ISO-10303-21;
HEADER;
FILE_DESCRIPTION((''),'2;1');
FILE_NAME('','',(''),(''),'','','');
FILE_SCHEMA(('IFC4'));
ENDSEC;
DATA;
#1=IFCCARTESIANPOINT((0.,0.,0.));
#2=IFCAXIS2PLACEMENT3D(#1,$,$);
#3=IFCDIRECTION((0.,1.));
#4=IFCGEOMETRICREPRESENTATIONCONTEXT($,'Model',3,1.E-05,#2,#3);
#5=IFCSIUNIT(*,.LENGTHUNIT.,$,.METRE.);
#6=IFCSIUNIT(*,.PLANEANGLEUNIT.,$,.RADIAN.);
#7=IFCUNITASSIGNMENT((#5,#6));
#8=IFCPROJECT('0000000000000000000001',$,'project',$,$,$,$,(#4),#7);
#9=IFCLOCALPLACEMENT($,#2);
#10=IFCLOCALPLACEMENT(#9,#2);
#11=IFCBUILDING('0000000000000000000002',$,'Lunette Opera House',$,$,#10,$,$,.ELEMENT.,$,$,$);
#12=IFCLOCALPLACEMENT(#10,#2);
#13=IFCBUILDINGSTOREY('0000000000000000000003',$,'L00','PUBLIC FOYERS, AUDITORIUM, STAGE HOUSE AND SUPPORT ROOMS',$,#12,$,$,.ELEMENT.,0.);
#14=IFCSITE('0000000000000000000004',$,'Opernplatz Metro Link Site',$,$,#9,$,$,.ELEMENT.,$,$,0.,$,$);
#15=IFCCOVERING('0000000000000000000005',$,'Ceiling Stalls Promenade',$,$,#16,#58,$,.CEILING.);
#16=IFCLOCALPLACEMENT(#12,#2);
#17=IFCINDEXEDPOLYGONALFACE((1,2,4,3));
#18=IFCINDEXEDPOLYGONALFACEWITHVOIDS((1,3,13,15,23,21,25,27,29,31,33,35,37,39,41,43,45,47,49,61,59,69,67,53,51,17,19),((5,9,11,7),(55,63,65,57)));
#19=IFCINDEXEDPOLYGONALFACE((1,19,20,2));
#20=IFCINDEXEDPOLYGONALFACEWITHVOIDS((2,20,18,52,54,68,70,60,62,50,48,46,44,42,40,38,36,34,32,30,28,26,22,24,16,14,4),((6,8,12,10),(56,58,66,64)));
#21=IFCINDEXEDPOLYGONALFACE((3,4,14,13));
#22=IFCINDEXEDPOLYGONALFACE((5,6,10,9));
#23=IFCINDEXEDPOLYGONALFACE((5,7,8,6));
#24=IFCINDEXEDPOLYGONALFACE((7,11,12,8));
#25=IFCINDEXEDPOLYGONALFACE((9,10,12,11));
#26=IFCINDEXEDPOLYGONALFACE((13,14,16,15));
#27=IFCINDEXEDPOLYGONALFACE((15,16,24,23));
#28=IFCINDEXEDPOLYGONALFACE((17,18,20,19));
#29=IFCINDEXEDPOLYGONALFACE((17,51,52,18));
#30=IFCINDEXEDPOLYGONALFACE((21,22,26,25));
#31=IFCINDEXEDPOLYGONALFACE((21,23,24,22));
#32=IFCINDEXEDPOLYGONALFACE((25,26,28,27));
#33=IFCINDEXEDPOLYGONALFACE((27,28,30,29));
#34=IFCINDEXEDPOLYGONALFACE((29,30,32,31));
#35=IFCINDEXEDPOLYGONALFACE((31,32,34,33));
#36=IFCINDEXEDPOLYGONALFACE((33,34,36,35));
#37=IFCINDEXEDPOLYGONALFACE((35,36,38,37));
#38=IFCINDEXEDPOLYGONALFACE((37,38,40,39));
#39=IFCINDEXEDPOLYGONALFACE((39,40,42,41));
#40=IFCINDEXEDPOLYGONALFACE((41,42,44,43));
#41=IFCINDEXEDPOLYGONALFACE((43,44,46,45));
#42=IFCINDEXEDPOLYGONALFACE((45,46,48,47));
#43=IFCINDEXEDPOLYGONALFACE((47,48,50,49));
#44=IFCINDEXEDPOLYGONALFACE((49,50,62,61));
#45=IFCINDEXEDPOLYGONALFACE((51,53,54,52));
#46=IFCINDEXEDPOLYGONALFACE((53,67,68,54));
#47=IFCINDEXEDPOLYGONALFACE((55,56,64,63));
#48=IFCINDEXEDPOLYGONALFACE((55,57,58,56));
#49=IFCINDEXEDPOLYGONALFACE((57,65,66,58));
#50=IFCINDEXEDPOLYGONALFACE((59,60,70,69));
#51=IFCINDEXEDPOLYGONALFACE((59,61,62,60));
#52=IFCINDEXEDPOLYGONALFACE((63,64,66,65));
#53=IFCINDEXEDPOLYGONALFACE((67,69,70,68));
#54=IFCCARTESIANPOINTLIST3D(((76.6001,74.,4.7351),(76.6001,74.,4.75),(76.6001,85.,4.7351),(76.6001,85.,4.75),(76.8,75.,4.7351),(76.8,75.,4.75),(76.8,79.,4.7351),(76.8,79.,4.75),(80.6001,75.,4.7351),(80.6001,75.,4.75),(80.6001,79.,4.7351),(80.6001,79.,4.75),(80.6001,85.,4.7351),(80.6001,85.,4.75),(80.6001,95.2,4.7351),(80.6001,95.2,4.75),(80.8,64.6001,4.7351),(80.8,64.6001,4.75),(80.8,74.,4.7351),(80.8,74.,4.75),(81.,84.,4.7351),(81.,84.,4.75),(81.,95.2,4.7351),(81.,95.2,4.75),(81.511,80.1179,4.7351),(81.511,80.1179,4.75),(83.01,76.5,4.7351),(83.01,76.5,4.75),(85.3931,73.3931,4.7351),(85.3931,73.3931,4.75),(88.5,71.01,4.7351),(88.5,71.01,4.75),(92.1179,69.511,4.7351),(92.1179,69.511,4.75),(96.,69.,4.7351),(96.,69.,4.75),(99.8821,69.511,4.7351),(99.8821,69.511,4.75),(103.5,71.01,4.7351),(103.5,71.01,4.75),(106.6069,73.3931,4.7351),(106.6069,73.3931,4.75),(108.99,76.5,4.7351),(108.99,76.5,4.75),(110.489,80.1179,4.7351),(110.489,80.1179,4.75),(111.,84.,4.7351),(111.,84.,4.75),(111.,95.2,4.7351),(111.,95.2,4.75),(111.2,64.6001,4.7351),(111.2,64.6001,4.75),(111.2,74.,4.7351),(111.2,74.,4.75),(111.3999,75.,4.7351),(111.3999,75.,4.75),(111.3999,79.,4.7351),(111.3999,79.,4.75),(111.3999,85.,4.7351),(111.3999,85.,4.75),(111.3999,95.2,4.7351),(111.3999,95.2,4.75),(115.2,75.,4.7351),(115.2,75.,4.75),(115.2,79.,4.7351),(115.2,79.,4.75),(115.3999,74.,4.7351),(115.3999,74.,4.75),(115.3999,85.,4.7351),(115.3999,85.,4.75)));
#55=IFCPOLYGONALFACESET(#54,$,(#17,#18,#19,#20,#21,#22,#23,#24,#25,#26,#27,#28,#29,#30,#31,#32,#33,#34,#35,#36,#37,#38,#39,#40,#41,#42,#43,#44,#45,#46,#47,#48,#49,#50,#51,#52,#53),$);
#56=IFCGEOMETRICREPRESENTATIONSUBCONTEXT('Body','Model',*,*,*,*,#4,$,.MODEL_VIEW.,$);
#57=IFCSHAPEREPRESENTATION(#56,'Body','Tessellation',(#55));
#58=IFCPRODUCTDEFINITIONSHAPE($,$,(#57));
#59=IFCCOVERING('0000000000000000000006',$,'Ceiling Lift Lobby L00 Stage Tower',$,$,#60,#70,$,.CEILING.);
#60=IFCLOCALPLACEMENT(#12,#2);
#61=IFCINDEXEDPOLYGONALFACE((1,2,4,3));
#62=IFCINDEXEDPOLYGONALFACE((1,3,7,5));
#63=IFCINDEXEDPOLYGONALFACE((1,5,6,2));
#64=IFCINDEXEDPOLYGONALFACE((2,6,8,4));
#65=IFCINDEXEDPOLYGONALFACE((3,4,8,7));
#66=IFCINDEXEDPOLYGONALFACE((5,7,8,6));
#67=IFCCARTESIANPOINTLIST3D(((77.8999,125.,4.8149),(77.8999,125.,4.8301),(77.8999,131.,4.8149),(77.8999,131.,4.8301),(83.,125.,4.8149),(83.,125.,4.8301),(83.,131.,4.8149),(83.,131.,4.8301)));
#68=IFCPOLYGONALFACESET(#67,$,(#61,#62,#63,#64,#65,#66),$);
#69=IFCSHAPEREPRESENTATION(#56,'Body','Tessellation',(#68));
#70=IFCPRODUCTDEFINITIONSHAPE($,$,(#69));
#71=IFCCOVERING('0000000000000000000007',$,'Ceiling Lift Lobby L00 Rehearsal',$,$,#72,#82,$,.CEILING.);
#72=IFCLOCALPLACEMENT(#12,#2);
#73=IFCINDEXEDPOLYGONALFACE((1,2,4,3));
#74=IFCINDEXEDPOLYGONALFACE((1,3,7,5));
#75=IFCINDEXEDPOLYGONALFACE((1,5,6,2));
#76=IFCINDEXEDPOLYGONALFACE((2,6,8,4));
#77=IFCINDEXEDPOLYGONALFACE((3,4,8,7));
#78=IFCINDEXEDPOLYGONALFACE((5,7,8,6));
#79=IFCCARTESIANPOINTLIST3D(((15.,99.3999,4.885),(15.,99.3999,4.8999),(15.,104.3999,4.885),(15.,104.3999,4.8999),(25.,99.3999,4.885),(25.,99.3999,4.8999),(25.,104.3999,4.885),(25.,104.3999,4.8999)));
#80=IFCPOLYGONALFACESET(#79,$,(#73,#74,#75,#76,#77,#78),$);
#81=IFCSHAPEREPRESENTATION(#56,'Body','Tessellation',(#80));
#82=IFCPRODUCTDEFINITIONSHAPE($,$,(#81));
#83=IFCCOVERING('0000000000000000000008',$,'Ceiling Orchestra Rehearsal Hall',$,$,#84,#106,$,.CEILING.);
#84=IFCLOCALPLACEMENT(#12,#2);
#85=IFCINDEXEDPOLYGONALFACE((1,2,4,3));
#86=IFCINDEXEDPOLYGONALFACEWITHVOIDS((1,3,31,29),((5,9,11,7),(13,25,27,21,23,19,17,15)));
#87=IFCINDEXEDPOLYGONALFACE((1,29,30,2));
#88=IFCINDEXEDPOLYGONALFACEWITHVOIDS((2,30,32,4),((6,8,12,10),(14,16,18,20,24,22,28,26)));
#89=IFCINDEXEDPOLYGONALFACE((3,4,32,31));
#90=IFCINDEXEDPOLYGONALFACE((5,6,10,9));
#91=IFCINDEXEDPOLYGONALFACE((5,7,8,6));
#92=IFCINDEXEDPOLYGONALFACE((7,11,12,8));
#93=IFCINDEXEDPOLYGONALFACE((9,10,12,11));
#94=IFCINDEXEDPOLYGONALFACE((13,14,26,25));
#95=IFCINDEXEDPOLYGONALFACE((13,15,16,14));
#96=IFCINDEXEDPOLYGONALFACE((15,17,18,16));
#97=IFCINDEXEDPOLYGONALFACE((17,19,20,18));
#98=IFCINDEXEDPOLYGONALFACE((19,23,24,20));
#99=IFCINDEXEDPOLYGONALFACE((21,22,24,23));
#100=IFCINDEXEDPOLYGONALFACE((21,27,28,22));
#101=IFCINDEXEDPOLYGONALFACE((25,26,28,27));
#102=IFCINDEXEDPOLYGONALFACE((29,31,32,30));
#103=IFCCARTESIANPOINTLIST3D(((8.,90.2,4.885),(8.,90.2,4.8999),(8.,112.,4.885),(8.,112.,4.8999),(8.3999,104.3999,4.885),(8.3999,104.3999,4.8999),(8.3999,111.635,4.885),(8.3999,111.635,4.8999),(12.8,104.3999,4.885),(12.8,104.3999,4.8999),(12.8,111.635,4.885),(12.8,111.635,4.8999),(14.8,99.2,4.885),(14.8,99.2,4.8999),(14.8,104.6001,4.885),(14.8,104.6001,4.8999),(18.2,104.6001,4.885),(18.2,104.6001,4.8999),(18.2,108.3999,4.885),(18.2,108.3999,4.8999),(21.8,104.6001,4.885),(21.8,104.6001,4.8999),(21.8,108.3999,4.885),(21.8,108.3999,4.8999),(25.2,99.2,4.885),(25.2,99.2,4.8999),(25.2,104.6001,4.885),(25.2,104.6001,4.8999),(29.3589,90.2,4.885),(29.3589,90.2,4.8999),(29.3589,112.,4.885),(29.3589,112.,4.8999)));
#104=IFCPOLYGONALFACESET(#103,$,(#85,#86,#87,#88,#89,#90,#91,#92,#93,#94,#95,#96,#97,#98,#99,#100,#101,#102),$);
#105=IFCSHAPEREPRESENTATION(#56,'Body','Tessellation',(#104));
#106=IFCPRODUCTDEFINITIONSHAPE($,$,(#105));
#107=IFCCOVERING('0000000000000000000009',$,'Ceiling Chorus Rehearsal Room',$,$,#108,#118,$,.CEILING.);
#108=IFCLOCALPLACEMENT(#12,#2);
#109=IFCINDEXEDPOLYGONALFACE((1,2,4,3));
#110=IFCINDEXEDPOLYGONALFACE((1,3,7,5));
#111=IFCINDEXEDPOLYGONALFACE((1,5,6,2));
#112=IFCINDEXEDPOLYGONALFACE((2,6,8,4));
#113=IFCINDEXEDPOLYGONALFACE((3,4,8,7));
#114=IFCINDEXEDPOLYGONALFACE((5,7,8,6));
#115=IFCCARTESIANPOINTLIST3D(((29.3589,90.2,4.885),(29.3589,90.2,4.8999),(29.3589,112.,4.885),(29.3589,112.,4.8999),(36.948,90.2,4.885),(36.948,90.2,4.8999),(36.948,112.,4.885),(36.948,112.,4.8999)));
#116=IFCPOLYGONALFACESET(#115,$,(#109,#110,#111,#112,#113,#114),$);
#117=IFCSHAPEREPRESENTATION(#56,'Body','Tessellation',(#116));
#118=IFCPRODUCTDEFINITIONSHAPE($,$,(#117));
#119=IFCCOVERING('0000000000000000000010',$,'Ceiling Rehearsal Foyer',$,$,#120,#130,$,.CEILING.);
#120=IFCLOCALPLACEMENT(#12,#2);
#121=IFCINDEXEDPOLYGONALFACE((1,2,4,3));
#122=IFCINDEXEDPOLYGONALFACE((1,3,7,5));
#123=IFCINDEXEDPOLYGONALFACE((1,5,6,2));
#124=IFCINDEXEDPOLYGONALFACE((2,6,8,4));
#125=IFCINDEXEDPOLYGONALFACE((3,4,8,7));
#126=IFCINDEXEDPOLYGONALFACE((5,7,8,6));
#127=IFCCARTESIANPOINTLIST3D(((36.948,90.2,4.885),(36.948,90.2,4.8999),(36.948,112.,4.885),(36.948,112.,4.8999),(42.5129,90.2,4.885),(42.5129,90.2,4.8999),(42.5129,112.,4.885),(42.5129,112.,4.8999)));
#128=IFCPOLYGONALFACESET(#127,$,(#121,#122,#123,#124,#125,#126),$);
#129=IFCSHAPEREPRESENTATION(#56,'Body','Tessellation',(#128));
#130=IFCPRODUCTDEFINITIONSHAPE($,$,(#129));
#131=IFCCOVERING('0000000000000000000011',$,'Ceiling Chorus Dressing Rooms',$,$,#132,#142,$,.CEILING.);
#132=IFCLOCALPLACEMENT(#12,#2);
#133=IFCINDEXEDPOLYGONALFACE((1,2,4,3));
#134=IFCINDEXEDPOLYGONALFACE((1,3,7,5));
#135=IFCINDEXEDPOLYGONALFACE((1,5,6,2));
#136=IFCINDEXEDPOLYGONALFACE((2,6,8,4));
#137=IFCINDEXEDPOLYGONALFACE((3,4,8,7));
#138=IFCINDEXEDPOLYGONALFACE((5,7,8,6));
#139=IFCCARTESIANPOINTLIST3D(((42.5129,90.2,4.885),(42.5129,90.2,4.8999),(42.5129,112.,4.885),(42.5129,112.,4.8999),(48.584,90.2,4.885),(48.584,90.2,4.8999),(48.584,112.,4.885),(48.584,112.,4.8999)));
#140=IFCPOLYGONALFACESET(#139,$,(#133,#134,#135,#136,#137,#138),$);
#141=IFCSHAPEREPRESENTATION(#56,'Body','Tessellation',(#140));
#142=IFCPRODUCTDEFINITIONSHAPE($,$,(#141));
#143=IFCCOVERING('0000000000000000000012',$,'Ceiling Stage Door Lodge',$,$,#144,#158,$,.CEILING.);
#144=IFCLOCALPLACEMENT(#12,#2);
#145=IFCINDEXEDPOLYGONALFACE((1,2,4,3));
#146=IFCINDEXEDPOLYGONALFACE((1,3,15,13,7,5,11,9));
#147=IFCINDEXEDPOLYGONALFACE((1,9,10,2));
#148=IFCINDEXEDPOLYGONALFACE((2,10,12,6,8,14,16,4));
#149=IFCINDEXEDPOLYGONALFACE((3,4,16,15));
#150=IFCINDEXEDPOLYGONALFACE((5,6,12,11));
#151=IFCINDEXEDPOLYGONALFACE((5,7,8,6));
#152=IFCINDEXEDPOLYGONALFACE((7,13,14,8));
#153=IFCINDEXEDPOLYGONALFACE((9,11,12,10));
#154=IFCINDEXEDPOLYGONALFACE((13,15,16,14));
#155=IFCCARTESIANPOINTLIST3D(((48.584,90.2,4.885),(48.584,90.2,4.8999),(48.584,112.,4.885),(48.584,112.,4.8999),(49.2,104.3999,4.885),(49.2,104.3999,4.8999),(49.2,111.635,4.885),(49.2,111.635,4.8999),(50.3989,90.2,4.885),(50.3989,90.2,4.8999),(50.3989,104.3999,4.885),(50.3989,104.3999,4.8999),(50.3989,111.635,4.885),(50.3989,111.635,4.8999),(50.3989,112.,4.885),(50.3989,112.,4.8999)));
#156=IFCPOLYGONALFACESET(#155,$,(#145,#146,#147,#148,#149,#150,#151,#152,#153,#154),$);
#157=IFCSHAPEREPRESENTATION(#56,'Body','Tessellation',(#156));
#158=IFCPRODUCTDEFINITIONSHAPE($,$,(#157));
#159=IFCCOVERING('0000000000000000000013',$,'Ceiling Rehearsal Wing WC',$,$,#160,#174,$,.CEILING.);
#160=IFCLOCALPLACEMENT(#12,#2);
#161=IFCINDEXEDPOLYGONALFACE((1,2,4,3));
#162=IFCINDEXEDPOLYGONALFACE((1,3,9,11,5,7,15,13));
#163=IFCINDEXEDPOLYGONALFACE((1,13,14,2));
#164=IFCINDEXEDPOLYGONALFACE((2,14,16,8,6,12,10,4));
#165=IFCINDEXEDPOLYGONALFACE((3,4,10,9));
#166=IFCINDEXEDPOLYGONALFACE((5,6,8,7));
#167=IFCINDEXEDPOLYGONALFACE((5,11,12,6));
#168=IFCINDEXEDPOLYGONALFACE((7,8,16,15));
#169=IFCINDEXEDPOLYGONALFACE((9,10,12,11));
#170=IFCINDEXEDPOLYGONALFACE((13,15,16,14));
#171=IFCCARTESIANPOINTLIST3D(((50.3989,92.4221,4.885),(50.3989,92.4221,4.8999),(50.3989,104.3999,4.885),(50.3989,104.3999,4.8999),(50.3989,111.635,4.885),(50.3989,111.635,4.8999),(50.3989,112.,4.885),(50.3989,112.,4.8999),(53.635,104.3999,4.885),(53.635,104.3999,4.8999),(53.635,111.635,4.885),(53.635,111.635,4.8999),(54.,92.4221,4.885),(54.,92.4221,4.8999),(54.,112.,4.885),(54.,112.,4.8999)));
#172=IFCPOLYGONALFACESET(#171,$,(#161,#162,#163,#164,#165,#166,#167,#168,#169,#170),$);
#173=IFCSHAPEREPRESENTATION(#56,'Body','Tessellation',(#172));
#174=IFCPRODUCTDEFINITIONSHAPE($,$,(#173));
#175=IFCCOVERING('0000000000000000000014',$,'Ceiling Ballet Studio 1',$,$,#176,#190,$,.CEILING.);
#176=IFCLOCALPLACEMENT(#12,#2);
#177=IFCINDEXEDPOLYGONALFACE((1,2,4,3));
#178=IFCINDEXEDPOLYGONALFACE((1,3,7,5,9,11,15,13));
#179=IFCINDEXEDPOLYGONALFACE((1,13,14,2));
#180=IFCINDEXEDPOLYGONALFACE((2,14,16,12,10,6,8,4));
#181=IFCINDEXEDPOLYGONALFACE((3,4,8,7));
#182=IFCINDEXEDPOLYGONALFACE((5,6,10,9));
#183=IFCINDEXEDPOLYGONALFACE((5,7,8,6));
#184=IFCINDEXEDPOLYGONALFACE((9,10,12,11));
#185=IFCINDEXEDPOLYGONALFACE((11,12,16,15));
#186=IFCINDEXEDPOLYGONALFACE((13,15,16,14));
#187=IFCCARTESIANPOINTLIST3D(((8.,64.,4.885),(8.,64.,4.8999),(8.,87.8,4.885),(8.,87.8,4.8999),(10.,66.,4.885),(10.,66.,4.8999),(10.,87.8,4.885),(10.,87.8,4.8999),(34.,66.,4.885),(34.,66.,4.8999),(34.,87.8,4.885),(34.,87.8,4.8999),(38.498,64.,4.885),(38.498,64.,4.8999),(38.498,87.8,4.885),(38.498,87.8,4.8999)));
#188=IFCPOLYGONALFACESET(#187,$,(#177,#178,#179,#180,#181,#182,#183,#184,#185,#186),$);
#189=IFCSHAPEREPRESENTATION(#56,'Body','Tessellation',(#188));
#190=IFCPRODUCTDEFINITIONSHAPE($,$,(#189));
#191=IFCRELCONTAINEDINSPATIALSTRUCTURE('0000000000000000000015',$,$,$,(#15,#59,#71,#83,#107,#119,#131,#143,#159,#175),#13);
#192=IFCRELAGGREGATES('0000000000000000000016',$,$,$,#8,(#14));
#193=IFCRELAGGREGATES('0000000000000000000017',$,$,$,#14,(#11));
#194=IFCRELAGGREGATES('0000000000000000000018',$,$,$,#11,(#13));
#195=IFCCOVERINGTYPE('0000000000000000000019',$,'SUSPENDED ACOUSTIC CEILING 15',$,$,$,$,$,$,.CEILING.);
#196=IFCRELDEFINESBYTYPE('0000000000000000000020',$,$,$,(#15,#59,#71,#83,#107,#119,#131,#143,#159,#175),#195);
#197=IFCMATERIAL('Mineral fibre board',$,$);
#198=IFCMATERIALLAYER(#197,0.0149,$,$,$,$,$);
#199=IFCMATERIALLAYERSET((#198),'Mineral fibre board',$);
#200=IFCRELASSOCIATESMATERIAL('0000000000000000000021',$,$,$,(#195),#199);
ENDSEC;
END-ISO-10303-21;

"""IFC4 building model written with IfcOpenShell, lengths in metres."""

from ifc_helpers import new_model, si_unit, direction, frame, origin, place, context, subcontext, project, spatial, polyline, outline, extrude, material, layer, layer_set, type_object, element, save


model = new_model("IFC4")

# Units and contexts
model_context = context("Model", 3, precision=1e-05, world=origin(), true_north=direction((0.0, 1.0)))
body_context = subcontext(model_context, "Body", "Model", "MODEL_VIEW")
ifc_project = project(units=[si_unit("LENGTHUNIT", "METRE"), si_unit("PLANEANGLEUNIT", "RADIAN")], contexts=[model_context])

# Site, building, storey
site_placement = place(None, origin())
site = spatial("IfcSite", under=ifc_project, at=site_placement, Name="Opernplatz Metro Link Site", CompositionType="ELEMENT", RefElevation=0.0)
building_placement = place(site_placement, origin())
building = spatial("IfcBuilding", under=site, at=building_placement, Name="Lunette Opera House", CompositionType="ELEMENT")
storey_placement = place(building_placement, origin())
storey = spatial("IfcBuildingStorey", under=building, at=storey_placement, Name="L00", Description="PUBLIC FOYERS, AUDITORIUM, STAGE HOUSE AND SUPPORT ROOMS", CompositionType="ELEMENT", Elevation=0.0)

# Coverings
ifc_material_1 = material(Name="Mineral fibre board")
ifc_layer_1 = layer(ifc_material_1, 0.0149)
ifc_layer_set_1 = layer_set([ifc_layer_1], Name="Mineral fibre board")
covering_type = type_object("IfcCoveringType", Name="SUSPENDED ACOUSTIC CEILING 15", PredefinedType="CEILING", material=ifc_layer_set_1)
covering_1_placement = place(storey_placement, frame((0.0, 0.0, 4.7351)))
element("IfcCovering", 1, at=covering_1_placement, inside=storey, type_object=covering_type, Name="Ceiling Stalls Promenade", PredefinedType="CEILING", context=body_context, shape_type="SweptSolid", body=[
    extrude(outline(polyline([(111.2, 74.0), (111.2, 64.6001), (80.8, 64.6001), (80.8, 74.0), (76.6001, 74.0), (76.6001, 85.0), (80.6001, 85.0), (80.6001, 95.2), (81.0, 95.2), (81.0, 84.0), (81.511, 80.1179), (83.01, 76.5), (85.3931, 73.3931), (88.5, 71.01), (92.1179, 69.511), (96.0, 69.0), (99.8821, 69.511), (103.5, 71.01), (106.6069, 73.3931), (108.99, 76.5), (110.489, 80.1179), (111.0, 84.0), (111.0, 95.2), (111.3999, 95.2), (111.3999, 85.0), (115.3999, 85.0), (115.3999, 74.0), (111.2, 74.0)]), holes=[polyline([(115.2, 75.0), (115.2, 79.0), (111.3999, 79.0), (111.3999, 75.0), (115.2, 75.0)]), polyline([(76.8, 75.0), (80.6001, 75.0), (80.6001, 79.0), (76.8, 79.0), (76.8, 75.0)])]), origin(), (0.0, 0.0, 1.0), 0.0149),
])
covering_2_placement = place(storey_placement, frame((0.0, 0.0, 4.8149)))
element("IfcCovering", 2, at=covering_2_placement, inside=storey, type_object=covering_type, Name="Ceiling Lift Lobby L00 Stage Tower", PredefinedType="CEILING", context=body_context, shape_type="SweptSolid", body=[
    extrude(outline(polyline([(83.0, 125.0), (83.0, 131.0), (77.8999, 131.0), (77.8999, 125.0), (83.0, 125.0)])), origin(), (0.0, 0.0, 1.0), 0.0151),
])
covering_3_placement = place(storey_placement, frame((0.0, 0.0, 4.885)))
element("IfcCovering", 3, at=covering_3_placement, inside=storey, type_object=covering_type, Name="Ceiling Lift Lobby L00 Rehearsal", PredefinedType="CEILING", context=body_context, shape_type="SweptSolid", body=[
    extrude(outline(polyline([(25.0, 99.3999), (25.0, 104.3999), (15.0, 104.3999), (15.0, 99.3999), (25.0, 99.3999)])), origin(), (0.0, 0.0, 1.0), 0.0149),
])
covering_4_placement = place(storey_placement, frame((0.0, 0.0, 4.885)))
element("IfcCovering", 4, at=covering_4_placement, inside=storey, type_object=covering_type, Name="Ceiling Orchestra Rehearsal Hall", PredefinedType="CEILING", context=body_context, shape_type="SweptSolid", body=[
    extrude(outline(polyline([(8.0, 112.0), (29.3589, 112.0), (29.3589, 90.2), (8.0, 90.2), (8.0, 112.0)]), holes=[polyline([(14.8, 99.2), (25.2, 99.2), (25.2, 104.6001), (21.8, 104.6001), (21.8, 108.3999), (18.2, 108.3999), (18.2, 104.6001), (14.8, 104.6001), (14.8, 99.2)]), polyline([(8.3999, 104.3999), (12.8, 104.3999), (12.8, 111.635), (8.3999, 111.635), (8.3999, 104.3999)])]), origin(), (0.0, 0.0, 1.0), 0.0149),
])
covering_5_placement = place(storey_placement, frame((0.0, 0.0, 4.885)))
element("IfcCovering", 5, at=covering_5_placement, inside=storey, type_object=covering_type, Name="Ceiling Chorus Rehearsal Room", PredefinedType="CEILING", context=body_context, shape_type="SweptSolid", body=[
    extrude(outline(polyline([(29.3589, 90.2), (29.3589, 112.0), (36.948, 112.0), (36.948, 90.2), (29.3589, 90.2)])), origin(), (0.0, 0.0, 1.0), 0.0149),
])
covering_6_placement = place(storey_placement, frame((0.0, 0.0, 4.885)))
element("IfcCovering", 6, at=covering_6_placement, inside=storey, type_object=covering_type, Name="Ceiling Rehearsal Foyer", PredefinedType="CEILING", context=body_context, shape_type="SweptSolid", body=[
    extrude(outline(polyline([(36.948, 90.2), (36.948, 112.0), (42.5129, 112.0), (42.5129, 90.2), (36.948, 90.2)])), origin(), (0.0, 0.0, 1.0), 0.0149),
])
covering_7_placement = place(storey_placement, frame((0.0, 0.0, 4.885)))
element("IfcCovering", 7, at=covering_7_placement, inside=storey, type_object=covering_type, Name="Ceiling Chorus Dressing Rooms", PredefinedType="CEILING", context=body_context, shape_type="SweptSolid", body=[
    extrude(outline(polyline([(42.5129, 112.0), (48.584, 112.0), (48.584, 90.2), (42.5129, 90.2), (42.5129, 112.0)])), origin(), (0.0, 0.0, 1.0), 0.0149),
])
covering_8_placement = place(storey_placement, frame((0.0, 0.0, 4.885)))
element("IfcCovering", 8, at=covering_8_placement, inside=storey, type_object=covering_type, Name="Ceiling Stage Door Lodge", PredefinedType="CEILING", context=body_context, shape_type="SweptSolid", body=[
    extrude(outline(polyline([(48.584, 90.2), (48.584, 112.0), (50.3989, 112.0), (50.3989, 111.635), (49.2, 111.635), (49.2, 104.3999), (50.3989, 104.3999), (50.3989, 90.2), (48.584, 90.2)])), origin(), (0.0, 0.0, 1.0), 0.0149),
])
covering_9_placement = place(storey_placement, frame((0.0, 0.0, 4.885)))
element("IfcCovering", 9, at=covering_9_placement, inside=storey, type_object=covering_type, Name="Ceiling Rehearsal Wing WC", PredefinedType="CEILING", context=body_context, shape_type="SweptSolid", body=[
    extrude(outline(polyline([(50.3989, 104.3999), (53.635, 104.3999), (53.635, 111.635), (50.3989, 111.635), (50.3989, 112.0), (54.0, 112.0), (54.0, 92.4221), (50.3989, 92.4221), (50.3989, 104.3999)])), origin(), (0.0, 0.0, 1.0), 0.0149),
])
covering_10_placement = place(storey_placement, frame((0.0, 0.0, 4.885)))
element("IfcCovering", 10, at=covering_10_placement, inside=storey, type_object=covering_type, Name="Ceiling Ballet Studio 1", PredefinedType="CEILING", context=body_context, shape_type="SweptSolid", body=[
    extrude(outline(polyline([(8.0, 87.8), (10.0, 87.8), (10.0, 66.0), (34.0, 66.0), (34.0, 87.8), (38.498, 87.8), (38.498, 64.0), (8.0, 64.0), (8.0, 87.8)])), origin(), (0.0, 0.0, 1.0), 0.0149),
])

save(model, "model.ifc")
